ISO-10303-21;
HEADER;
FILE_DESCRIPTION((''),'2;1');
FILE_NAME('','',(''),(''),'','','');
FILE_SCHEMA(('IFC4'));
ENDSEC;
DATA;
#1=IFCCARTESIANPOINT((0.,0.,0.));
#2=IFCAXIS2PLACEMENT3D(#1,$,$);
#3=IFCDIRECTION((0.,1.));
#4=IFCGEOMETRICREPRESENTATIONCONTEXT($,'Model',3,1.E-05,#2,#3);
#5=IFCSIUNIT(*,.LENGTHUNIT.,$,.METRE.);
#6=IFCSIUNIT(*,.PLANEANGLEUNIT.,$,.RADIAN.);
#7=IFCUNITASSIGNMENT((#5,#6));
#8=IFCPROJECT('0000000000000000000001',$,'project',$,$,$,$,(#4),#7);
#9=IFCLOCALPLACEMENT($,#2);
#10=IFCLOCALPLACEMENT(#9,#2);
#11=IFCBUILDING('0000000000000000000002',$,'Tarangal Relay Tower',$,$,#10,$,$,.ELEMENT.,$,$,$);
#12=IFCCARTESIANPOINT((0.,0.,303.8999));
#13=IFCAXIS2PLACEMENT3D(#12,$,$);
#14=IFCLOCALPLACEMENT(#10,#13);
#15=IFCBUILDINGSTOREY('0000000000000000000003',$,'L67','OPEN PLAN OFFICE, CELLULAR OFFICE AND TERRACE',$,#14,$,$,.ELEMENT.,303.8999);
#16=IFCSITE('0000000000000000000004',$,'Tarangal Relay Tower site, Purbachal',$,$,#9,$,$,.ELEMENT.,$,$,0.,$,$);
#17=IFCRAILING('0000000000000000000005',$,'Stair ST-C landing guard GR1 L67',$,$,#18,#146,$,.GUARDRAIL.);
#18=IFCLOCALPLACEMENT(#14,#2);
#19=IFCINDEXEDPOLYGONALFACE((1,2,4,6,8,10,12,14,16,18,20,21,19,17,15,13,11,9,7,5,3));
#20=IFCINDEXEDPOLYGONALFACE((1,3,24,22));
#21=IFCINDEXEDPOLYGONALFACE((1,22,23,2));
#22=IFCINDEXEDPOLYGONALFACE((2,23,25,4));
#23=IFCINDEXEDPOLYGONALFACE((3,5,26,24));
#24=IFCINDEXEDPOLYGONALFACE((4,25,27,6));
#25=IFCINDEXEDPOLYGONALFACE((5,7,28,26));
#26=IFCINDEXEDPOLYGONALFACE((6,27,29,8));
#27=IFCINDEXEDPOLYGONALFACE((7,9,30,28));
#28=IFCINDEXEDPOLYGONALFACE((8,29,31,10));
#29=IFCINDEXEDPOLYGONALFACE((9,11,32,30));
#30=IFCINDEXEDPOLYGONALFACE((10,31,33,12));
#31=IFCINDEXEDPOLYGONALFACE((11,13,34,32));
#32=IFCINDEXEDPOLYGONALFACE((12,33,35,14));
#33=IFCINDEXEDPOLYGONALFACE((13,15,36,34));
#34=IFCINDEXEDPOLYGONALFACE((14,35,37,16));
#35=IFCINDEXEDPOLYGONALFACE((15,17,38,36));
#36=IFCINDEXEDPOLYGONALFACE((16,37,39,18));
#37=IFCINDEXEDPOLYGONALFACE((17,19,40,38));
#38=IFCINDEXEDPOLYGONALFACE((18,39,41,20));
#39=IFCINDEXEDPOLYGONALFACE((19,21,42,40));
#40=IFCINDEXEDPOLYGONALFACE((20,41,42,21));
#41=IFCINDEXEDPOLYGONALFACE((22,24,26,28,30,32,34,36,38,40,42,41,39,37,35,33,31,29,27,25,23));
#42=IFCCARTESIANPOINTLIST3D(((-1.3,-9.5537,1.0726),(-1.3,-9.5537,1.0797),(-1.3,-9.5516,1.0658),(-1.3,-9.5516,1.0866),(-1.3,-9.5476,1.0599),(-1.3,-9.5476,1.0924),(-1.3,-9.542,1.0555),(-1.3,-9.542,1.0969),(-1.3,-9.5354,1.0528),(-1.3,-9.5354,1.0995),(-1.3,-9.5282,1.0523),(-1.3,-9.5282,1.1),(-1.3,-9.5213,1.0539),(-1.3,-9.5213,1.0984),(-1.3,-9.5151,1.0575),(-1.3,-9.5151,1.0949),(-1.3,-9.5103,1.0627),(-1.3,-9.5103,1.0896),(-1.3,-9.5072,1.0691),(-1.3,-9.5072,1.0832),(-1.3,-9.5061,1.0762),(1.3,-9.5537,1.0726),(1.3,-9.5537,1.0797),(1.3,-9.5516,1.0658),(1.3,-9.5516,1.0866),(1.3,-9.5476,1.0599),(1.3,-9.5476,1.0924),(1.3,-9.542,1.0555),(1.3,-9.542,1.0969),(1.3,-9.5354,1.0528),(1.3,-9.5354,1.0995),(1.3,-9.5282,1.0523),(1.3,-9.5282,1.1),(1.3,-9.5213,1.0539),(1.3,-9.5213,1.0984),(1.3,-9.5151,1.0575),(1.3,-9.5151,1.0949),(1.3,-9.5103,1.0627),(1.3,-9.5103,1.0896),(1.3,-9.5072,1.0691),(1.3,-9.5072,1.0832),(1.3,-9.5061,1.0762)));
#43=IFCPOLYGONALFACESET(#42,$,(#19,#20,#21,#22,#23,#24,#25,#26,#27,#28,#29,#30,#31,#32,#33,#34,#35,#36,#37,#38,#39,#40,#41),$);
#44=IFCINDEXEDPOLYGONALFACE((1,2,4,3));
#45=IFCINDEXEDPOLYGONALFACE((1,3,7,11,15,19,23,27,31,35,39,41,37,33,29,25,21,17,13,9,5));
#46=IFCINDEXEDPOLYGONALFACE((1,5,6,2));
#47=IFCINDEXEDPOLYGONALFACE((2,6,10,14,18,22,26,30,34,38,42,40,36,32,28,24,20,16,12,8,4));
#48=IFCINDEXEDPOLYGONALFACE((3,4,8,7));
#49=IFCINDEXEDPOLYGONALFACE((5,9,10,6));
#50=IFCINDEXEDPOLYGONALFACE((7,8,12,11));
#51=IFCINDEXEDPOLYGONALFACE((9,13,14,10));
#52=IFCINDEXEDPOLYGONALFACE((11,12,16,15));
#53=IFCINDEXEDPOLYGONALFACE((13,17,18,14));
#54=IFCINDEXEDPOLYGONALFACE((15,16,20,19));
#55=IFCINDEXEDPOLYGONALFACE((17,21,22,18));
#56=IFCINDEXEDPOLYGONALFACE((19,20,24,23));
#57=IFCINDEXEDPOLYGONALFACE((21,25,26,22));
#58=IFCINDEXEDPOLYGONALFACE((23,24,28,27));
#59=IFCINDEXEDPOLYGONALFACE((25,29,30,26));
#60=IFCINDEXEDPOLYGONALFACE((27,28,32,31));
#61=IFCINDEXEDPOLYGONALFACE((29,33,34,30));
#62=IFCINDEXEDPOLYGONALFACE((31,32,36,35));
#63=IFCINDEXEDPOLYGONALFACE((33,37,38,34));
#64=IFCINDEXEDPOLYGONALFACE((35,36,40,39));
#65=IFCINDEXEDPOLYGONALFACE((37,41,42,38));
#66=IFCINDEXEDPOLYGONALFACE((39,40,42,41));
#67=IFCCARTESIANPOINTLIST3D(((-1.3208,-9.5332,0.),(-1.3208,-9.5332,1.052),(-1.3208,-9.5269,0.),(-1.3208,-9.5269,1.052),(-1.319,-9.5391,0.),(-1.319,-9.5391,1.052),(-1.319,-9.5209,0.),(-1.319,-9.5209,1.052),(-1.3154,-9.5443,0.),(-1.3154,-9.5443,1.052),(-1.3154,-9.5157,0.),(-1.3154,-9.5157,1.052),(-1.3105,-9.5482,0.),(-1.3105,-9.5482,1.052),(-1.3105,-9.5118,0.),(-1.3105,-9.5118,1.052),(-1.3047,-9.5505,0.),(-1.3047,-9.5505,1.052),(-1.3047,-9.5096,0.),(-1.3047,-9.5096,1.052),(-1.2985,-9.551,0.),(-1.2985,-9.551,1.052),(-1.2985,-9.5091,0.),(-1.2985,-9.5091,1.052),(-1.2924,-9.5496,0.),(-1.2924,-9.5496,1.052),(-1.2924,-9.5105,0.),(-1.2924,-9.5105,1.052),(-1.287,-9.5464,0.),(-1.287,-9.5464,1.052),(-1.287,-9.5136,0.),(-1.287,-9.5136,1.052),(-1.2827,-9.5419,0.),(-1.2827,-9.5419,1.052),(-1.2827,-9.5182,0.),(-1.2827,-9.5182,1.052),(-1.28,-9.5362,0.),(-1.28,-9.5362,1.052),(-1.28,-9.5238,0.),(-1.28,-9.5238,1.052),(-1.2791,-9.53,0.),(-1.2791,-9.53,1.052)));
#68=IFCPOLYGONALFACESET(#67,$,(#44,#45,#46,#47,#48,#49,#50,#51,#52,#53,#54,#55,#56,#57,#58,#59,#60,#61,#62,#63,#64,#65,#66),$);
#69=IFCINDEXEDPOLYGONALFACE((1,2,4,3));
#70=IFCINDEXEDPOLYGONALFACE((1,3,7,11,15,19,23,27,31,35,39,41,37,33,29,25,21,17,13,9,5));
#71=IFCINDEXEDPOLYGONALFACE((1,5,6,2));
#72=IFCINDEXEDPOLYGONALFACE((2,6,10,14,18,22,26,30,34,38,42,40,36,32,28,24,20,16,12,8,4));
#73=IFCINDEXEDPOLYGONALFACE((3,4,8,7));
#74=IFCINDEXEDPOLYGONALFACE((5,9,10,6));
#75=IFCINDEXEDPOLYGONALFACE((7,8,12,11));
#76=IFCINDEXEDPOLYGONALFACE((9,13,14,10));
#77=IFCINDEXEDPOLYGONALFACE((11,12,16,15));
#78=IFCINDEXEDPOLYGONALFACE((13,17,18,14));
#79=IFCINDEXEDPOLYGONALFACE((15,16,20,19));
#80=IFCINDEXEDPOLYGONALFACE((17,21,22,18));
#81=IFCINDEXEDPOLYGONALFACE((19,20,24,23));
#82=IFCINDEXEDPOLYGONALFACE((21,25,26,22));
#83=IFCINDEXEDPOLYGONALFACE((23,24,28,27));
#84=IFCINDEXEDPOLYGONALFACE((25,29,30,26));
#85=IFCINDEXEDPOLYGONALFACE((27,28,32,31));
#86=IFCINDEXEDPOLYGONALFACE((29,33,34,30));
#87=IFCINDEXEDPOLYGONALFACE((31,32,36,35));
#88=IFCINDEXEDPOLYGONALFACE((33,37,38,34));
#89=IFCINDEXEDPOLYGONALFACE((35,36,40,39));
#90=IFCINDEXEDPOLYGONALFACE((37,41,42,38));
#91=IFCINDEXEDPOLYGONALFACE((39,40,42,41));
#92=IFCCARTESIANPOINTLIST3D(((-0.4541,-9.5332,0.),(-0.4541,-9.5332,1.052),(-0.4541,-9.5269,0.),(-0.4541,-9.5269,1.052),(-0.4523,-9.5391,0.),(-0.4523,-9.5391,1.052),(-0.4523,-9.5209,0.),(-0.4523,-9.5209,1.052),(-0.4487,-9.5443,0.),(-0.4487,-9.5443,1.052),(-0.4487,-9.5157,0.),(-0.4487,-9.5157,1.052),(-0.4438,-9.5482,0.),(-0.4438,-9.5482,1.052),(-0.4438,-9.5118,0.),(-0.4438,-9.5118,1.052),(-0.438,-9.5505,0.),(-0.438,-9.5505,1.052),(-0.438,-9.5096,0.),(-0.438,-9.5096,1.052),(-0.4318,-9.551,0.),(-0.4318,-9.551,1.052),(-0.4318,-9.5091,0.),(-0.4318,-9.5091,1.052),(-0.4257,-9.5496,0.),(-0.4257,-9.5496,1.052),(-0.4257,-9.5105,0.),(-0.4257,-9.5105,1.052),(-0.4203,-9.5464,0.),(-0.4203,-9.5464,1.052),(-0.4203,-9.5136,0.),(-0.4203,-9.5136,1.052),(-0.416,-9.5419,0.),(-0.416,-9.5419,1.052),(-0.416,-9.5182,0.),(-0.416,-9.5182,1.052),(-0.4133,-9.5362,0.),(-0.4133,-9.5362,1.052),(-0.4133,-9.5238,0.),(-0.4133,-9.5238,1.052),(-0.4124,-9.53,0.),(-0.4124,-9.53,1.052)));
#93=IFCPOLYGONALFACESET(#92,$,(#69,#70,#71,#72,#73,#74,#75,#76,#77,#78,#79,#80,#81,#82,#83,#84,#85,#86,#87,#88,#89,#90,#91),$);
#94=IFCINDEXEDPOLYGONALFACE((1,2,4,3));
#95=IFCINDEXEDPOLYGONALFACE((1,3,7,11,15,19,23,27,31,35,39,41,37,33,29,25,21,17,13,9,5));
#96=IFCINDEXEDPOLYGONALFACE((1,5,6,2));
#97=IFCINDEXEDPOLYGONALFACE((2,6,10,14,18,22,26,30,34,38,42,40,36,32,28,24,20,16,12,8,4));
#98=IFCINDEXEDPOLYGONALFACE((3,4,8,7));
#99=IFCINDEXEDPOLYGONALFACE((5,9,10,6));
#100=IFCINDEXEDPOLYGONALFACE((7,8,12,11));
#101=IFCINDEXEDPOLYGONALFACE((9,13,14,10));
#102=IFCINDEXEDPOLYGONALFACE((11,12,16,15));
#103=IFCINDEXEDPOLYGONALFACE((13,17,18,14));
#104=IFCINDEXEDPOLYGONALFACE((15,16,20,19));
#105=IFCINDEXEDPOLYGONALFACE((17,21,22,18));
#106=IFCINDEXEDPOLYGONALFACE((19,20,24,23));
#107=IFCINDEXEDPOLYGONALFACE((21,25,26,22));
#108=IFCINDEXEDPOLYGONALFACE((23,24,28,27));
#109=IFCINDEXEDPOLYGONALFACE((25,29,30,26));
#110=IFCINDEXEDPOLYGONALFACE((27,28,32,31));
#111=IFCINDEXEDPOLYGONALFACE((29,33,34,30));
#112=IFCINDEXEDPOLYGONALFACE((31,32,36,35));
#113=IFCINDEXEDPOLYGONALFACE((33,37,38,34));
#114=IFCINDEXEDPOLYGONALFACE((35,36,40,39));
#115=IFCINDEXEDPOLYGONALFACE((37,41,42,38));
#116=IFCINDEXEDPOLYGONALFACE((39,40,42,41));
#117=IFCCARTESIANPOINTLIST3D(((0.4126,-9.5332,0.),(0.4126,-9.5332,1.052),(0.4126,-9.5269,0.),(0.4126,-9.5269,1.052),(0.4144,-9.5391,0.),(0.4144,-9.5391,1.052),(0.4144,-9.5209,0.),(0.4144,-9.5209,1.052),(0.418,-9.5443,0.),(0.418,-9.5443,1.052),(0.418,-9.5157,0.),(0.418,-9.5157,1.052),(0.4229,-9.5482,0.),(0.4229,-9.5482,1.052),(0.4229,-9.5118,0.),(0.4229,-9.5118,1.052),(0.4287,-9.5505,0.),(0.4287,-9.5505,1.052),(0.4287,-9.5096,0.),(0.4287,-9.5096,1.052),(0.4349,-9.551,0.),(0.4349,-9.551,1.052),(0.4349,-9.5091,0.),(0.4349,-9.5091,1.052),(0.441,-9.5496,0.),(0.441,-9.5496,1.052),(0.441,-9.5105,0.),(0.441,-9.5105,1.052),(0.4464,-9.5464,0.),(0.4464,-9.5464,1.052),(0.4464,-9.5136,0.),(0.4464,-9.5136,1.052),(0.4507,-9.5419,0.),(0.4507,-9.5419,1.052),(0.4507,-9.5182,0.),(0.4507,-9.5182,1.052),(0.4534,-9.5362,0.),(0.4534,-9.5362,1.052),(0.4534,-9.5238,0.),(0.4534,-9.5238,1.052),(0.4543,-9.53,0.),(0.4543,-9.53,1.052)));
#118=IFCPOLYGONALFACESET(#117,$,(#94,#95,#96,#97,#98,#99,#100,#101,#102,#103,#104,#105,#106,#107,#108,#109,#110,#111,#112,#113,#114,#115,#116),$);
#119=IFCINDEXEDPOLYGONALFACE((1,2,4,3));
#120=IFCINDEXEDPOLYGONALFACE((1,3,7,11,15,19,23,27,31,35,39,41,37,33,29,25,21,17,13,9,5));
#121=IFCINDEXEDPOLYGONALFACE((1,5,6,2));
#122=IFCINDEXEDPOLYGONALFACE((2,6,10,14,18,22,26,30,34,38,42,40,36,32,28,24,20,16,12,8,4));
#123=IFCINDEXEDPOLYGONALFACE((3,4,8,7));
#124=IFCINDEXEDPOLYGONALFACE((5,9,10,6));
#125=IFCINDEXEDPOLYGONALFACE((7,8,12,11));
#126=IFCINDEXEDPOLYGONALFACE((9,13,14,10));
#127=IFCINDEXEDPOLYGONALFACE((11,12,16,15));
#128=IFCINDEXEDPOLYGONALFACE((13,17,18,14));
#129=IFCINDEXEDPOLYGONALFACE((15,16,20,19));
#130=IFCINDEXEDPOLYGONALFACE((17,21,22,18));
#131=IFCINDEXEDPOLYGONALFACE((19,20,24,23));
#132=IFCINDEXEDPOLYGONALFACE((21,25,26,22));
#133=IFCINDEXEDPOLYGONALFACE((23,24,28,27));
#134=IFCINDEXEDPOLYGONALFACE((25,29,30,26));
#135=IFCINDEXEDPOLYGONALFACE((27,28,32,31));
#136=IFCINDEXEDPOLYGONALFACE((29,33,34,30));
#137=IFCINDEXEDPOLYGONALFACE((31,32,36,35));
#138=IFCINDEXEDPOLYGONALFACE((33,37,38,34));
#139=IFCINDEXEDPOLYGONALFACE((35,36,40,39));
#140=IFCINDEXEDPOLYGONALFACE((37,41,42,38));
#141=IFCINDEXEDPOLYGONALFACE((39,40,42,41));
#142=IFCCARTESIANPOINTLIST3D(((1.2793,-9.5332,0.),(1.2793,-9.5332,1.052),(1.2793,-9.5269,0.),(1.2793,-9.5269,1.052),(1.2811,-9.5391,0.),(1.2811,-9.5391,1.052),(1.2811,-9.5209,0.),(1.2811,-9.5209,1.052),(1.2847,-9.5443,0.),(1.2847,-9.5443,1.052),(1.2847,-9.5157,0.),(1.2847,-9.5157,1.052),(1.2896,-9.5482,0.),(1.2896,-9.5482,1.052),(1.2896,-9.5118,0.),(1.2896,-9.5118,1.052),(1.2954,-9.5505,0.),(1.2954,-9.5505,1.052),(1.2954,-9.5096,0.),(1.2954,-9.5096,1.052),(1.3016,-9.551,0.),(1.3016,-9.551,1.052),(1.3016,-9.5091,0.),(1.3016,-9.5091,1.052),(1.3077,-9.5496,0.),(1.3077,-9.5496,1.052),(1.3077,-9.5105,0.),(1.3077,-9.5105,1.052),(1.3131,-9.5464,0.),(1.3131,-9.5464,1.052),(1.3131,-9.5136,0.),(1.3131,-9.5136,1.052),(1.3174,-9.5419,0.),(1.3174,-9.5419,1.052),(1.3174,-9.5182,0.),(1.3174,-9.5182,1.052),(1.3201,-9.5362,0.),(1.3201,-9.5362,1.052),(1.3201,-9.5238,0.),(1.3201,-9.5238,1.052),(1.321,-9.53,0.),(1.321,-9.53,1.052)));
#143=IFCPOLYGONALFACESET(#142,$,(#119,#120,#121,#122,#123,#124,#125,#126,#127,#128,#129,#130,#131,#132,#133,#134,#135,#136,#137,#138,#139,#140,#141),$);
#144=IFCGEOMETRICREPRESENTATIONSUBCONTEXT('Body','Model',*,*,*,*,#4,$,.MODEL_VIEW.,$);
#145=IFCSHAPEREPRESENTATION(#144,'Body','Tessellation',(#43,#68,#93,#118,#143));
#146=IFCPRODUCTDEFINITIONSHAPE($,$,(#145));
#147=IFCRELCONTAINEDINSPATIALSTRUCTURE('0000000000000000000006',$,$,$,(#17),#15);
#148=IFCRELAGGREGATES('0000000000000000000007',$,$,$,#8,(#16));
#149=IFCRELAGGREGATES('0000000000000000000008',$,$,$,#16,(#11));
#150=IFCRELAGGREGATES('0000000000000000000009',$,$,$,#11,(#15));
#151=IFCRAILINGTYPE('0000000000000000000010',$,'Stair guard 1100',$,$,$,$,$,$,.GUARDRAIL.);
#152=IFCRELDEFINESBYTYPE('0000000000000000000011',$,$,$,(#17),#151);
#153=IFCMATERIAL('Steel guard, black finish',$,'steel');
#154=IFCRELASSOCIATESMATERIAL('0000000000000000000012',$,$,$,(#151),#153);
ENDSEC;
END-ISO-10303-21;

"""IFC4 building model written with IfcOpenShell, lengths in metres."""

from ifc_helpers import new_model, si_unit, direction, frame, origin, origin_2d, place, context, subcontext, project, spatial, circle, extrude, material, type_object, element, save


model = new_model("IFC4")

# Units and contexts
model_context = context("Model", 3, precision=1e-05, world=origin(), true_north=direction((0.0, 1.0)))
body_context = subcontext(model_context, "Body", "Model", "MODEL_VIEW")
ifc_project = project(units=[si_unit("LENGTHUNIT", "METRE"), si_unit("PLANEANGLEUNIT", "RADIAN")], contexts=[model_context])

# Site, building, storey
site_placement = place(None, origin())
site = spatial("IfcSite", under=ifc_project, at=site_placement, Name="Tarangal Relay Tower site, Purbachal", CompositionType="ELEMENT", RefElevation=0.0)
building_placement = place(site_placement, origin())
building = spatial("IfcBuilding", under=site, at=building_placement, Name="Tarangal Relay Tower", CompositionType="ELEMENT")
storey_placement = place(building_placement, frame((0.0, 0.0, 303.8999)))
storey = spatial("IfcBuildingStorey", under=building, at=storey_placement, Name="L67", Description="OPEN PLAN OFFICE, CELLULAR OFFICE AND TERRACE", CompositionType="ELEMENT", Elevation=303.8999)

# Railing
ifc_material_1 = material(Name="Steel guard, black finish", Category="steel")
railing_type_1 = type_object("IfcRailingType", Name="Stair guard 1100", PredefinedType="GUARDRAIL", material=ifc_material_1)
for number, where, name in (
    (1, (-1.3, -9.53, 0.0), "Stair ST-C landing guard GR1 L67"),
):
    element("IfcRailing", number, at=place(storey_placement, frame(where)), inside=storey, type_object=railing_type_1, Name=name, PredefinedType="GUARDRAIL", context=body_context, shape_type="SweptSolid", body=[
        extrude(circle(Radius=0.0239, at=origin_2d()), frame((0.0, 0.0, 1.0762), z_axis=(1.0, 0.0, 0.0), x_axis=(0.0, 1.0, 0.0)), (0.0, 0.0, 1.0), 2.6001),
        extrude(circle(Radius=0.021, at=origin_2d()), origin(), (0.0, 0.0, 1.0), 1.052),
        extrude(circle(Radius=0.021, at=origin_2d()), frame((0.8667, 0.0, 0.0)), (0.0, 0.0, 1.0), 1.052),
        extrude(circle(Radius=0.021, at=origin_2d()), frame((1.7334, 0.0, 0.0)), (0.0, 0.0, 1.0), 1.052),
        extrude(circle(Radius=0.021, at=origin_2d()), frame((2.6001, 0.0, 0.0)), (0.0, 0.0, 1.0), 1.052),
    ])

save(model, "model.ifc")
